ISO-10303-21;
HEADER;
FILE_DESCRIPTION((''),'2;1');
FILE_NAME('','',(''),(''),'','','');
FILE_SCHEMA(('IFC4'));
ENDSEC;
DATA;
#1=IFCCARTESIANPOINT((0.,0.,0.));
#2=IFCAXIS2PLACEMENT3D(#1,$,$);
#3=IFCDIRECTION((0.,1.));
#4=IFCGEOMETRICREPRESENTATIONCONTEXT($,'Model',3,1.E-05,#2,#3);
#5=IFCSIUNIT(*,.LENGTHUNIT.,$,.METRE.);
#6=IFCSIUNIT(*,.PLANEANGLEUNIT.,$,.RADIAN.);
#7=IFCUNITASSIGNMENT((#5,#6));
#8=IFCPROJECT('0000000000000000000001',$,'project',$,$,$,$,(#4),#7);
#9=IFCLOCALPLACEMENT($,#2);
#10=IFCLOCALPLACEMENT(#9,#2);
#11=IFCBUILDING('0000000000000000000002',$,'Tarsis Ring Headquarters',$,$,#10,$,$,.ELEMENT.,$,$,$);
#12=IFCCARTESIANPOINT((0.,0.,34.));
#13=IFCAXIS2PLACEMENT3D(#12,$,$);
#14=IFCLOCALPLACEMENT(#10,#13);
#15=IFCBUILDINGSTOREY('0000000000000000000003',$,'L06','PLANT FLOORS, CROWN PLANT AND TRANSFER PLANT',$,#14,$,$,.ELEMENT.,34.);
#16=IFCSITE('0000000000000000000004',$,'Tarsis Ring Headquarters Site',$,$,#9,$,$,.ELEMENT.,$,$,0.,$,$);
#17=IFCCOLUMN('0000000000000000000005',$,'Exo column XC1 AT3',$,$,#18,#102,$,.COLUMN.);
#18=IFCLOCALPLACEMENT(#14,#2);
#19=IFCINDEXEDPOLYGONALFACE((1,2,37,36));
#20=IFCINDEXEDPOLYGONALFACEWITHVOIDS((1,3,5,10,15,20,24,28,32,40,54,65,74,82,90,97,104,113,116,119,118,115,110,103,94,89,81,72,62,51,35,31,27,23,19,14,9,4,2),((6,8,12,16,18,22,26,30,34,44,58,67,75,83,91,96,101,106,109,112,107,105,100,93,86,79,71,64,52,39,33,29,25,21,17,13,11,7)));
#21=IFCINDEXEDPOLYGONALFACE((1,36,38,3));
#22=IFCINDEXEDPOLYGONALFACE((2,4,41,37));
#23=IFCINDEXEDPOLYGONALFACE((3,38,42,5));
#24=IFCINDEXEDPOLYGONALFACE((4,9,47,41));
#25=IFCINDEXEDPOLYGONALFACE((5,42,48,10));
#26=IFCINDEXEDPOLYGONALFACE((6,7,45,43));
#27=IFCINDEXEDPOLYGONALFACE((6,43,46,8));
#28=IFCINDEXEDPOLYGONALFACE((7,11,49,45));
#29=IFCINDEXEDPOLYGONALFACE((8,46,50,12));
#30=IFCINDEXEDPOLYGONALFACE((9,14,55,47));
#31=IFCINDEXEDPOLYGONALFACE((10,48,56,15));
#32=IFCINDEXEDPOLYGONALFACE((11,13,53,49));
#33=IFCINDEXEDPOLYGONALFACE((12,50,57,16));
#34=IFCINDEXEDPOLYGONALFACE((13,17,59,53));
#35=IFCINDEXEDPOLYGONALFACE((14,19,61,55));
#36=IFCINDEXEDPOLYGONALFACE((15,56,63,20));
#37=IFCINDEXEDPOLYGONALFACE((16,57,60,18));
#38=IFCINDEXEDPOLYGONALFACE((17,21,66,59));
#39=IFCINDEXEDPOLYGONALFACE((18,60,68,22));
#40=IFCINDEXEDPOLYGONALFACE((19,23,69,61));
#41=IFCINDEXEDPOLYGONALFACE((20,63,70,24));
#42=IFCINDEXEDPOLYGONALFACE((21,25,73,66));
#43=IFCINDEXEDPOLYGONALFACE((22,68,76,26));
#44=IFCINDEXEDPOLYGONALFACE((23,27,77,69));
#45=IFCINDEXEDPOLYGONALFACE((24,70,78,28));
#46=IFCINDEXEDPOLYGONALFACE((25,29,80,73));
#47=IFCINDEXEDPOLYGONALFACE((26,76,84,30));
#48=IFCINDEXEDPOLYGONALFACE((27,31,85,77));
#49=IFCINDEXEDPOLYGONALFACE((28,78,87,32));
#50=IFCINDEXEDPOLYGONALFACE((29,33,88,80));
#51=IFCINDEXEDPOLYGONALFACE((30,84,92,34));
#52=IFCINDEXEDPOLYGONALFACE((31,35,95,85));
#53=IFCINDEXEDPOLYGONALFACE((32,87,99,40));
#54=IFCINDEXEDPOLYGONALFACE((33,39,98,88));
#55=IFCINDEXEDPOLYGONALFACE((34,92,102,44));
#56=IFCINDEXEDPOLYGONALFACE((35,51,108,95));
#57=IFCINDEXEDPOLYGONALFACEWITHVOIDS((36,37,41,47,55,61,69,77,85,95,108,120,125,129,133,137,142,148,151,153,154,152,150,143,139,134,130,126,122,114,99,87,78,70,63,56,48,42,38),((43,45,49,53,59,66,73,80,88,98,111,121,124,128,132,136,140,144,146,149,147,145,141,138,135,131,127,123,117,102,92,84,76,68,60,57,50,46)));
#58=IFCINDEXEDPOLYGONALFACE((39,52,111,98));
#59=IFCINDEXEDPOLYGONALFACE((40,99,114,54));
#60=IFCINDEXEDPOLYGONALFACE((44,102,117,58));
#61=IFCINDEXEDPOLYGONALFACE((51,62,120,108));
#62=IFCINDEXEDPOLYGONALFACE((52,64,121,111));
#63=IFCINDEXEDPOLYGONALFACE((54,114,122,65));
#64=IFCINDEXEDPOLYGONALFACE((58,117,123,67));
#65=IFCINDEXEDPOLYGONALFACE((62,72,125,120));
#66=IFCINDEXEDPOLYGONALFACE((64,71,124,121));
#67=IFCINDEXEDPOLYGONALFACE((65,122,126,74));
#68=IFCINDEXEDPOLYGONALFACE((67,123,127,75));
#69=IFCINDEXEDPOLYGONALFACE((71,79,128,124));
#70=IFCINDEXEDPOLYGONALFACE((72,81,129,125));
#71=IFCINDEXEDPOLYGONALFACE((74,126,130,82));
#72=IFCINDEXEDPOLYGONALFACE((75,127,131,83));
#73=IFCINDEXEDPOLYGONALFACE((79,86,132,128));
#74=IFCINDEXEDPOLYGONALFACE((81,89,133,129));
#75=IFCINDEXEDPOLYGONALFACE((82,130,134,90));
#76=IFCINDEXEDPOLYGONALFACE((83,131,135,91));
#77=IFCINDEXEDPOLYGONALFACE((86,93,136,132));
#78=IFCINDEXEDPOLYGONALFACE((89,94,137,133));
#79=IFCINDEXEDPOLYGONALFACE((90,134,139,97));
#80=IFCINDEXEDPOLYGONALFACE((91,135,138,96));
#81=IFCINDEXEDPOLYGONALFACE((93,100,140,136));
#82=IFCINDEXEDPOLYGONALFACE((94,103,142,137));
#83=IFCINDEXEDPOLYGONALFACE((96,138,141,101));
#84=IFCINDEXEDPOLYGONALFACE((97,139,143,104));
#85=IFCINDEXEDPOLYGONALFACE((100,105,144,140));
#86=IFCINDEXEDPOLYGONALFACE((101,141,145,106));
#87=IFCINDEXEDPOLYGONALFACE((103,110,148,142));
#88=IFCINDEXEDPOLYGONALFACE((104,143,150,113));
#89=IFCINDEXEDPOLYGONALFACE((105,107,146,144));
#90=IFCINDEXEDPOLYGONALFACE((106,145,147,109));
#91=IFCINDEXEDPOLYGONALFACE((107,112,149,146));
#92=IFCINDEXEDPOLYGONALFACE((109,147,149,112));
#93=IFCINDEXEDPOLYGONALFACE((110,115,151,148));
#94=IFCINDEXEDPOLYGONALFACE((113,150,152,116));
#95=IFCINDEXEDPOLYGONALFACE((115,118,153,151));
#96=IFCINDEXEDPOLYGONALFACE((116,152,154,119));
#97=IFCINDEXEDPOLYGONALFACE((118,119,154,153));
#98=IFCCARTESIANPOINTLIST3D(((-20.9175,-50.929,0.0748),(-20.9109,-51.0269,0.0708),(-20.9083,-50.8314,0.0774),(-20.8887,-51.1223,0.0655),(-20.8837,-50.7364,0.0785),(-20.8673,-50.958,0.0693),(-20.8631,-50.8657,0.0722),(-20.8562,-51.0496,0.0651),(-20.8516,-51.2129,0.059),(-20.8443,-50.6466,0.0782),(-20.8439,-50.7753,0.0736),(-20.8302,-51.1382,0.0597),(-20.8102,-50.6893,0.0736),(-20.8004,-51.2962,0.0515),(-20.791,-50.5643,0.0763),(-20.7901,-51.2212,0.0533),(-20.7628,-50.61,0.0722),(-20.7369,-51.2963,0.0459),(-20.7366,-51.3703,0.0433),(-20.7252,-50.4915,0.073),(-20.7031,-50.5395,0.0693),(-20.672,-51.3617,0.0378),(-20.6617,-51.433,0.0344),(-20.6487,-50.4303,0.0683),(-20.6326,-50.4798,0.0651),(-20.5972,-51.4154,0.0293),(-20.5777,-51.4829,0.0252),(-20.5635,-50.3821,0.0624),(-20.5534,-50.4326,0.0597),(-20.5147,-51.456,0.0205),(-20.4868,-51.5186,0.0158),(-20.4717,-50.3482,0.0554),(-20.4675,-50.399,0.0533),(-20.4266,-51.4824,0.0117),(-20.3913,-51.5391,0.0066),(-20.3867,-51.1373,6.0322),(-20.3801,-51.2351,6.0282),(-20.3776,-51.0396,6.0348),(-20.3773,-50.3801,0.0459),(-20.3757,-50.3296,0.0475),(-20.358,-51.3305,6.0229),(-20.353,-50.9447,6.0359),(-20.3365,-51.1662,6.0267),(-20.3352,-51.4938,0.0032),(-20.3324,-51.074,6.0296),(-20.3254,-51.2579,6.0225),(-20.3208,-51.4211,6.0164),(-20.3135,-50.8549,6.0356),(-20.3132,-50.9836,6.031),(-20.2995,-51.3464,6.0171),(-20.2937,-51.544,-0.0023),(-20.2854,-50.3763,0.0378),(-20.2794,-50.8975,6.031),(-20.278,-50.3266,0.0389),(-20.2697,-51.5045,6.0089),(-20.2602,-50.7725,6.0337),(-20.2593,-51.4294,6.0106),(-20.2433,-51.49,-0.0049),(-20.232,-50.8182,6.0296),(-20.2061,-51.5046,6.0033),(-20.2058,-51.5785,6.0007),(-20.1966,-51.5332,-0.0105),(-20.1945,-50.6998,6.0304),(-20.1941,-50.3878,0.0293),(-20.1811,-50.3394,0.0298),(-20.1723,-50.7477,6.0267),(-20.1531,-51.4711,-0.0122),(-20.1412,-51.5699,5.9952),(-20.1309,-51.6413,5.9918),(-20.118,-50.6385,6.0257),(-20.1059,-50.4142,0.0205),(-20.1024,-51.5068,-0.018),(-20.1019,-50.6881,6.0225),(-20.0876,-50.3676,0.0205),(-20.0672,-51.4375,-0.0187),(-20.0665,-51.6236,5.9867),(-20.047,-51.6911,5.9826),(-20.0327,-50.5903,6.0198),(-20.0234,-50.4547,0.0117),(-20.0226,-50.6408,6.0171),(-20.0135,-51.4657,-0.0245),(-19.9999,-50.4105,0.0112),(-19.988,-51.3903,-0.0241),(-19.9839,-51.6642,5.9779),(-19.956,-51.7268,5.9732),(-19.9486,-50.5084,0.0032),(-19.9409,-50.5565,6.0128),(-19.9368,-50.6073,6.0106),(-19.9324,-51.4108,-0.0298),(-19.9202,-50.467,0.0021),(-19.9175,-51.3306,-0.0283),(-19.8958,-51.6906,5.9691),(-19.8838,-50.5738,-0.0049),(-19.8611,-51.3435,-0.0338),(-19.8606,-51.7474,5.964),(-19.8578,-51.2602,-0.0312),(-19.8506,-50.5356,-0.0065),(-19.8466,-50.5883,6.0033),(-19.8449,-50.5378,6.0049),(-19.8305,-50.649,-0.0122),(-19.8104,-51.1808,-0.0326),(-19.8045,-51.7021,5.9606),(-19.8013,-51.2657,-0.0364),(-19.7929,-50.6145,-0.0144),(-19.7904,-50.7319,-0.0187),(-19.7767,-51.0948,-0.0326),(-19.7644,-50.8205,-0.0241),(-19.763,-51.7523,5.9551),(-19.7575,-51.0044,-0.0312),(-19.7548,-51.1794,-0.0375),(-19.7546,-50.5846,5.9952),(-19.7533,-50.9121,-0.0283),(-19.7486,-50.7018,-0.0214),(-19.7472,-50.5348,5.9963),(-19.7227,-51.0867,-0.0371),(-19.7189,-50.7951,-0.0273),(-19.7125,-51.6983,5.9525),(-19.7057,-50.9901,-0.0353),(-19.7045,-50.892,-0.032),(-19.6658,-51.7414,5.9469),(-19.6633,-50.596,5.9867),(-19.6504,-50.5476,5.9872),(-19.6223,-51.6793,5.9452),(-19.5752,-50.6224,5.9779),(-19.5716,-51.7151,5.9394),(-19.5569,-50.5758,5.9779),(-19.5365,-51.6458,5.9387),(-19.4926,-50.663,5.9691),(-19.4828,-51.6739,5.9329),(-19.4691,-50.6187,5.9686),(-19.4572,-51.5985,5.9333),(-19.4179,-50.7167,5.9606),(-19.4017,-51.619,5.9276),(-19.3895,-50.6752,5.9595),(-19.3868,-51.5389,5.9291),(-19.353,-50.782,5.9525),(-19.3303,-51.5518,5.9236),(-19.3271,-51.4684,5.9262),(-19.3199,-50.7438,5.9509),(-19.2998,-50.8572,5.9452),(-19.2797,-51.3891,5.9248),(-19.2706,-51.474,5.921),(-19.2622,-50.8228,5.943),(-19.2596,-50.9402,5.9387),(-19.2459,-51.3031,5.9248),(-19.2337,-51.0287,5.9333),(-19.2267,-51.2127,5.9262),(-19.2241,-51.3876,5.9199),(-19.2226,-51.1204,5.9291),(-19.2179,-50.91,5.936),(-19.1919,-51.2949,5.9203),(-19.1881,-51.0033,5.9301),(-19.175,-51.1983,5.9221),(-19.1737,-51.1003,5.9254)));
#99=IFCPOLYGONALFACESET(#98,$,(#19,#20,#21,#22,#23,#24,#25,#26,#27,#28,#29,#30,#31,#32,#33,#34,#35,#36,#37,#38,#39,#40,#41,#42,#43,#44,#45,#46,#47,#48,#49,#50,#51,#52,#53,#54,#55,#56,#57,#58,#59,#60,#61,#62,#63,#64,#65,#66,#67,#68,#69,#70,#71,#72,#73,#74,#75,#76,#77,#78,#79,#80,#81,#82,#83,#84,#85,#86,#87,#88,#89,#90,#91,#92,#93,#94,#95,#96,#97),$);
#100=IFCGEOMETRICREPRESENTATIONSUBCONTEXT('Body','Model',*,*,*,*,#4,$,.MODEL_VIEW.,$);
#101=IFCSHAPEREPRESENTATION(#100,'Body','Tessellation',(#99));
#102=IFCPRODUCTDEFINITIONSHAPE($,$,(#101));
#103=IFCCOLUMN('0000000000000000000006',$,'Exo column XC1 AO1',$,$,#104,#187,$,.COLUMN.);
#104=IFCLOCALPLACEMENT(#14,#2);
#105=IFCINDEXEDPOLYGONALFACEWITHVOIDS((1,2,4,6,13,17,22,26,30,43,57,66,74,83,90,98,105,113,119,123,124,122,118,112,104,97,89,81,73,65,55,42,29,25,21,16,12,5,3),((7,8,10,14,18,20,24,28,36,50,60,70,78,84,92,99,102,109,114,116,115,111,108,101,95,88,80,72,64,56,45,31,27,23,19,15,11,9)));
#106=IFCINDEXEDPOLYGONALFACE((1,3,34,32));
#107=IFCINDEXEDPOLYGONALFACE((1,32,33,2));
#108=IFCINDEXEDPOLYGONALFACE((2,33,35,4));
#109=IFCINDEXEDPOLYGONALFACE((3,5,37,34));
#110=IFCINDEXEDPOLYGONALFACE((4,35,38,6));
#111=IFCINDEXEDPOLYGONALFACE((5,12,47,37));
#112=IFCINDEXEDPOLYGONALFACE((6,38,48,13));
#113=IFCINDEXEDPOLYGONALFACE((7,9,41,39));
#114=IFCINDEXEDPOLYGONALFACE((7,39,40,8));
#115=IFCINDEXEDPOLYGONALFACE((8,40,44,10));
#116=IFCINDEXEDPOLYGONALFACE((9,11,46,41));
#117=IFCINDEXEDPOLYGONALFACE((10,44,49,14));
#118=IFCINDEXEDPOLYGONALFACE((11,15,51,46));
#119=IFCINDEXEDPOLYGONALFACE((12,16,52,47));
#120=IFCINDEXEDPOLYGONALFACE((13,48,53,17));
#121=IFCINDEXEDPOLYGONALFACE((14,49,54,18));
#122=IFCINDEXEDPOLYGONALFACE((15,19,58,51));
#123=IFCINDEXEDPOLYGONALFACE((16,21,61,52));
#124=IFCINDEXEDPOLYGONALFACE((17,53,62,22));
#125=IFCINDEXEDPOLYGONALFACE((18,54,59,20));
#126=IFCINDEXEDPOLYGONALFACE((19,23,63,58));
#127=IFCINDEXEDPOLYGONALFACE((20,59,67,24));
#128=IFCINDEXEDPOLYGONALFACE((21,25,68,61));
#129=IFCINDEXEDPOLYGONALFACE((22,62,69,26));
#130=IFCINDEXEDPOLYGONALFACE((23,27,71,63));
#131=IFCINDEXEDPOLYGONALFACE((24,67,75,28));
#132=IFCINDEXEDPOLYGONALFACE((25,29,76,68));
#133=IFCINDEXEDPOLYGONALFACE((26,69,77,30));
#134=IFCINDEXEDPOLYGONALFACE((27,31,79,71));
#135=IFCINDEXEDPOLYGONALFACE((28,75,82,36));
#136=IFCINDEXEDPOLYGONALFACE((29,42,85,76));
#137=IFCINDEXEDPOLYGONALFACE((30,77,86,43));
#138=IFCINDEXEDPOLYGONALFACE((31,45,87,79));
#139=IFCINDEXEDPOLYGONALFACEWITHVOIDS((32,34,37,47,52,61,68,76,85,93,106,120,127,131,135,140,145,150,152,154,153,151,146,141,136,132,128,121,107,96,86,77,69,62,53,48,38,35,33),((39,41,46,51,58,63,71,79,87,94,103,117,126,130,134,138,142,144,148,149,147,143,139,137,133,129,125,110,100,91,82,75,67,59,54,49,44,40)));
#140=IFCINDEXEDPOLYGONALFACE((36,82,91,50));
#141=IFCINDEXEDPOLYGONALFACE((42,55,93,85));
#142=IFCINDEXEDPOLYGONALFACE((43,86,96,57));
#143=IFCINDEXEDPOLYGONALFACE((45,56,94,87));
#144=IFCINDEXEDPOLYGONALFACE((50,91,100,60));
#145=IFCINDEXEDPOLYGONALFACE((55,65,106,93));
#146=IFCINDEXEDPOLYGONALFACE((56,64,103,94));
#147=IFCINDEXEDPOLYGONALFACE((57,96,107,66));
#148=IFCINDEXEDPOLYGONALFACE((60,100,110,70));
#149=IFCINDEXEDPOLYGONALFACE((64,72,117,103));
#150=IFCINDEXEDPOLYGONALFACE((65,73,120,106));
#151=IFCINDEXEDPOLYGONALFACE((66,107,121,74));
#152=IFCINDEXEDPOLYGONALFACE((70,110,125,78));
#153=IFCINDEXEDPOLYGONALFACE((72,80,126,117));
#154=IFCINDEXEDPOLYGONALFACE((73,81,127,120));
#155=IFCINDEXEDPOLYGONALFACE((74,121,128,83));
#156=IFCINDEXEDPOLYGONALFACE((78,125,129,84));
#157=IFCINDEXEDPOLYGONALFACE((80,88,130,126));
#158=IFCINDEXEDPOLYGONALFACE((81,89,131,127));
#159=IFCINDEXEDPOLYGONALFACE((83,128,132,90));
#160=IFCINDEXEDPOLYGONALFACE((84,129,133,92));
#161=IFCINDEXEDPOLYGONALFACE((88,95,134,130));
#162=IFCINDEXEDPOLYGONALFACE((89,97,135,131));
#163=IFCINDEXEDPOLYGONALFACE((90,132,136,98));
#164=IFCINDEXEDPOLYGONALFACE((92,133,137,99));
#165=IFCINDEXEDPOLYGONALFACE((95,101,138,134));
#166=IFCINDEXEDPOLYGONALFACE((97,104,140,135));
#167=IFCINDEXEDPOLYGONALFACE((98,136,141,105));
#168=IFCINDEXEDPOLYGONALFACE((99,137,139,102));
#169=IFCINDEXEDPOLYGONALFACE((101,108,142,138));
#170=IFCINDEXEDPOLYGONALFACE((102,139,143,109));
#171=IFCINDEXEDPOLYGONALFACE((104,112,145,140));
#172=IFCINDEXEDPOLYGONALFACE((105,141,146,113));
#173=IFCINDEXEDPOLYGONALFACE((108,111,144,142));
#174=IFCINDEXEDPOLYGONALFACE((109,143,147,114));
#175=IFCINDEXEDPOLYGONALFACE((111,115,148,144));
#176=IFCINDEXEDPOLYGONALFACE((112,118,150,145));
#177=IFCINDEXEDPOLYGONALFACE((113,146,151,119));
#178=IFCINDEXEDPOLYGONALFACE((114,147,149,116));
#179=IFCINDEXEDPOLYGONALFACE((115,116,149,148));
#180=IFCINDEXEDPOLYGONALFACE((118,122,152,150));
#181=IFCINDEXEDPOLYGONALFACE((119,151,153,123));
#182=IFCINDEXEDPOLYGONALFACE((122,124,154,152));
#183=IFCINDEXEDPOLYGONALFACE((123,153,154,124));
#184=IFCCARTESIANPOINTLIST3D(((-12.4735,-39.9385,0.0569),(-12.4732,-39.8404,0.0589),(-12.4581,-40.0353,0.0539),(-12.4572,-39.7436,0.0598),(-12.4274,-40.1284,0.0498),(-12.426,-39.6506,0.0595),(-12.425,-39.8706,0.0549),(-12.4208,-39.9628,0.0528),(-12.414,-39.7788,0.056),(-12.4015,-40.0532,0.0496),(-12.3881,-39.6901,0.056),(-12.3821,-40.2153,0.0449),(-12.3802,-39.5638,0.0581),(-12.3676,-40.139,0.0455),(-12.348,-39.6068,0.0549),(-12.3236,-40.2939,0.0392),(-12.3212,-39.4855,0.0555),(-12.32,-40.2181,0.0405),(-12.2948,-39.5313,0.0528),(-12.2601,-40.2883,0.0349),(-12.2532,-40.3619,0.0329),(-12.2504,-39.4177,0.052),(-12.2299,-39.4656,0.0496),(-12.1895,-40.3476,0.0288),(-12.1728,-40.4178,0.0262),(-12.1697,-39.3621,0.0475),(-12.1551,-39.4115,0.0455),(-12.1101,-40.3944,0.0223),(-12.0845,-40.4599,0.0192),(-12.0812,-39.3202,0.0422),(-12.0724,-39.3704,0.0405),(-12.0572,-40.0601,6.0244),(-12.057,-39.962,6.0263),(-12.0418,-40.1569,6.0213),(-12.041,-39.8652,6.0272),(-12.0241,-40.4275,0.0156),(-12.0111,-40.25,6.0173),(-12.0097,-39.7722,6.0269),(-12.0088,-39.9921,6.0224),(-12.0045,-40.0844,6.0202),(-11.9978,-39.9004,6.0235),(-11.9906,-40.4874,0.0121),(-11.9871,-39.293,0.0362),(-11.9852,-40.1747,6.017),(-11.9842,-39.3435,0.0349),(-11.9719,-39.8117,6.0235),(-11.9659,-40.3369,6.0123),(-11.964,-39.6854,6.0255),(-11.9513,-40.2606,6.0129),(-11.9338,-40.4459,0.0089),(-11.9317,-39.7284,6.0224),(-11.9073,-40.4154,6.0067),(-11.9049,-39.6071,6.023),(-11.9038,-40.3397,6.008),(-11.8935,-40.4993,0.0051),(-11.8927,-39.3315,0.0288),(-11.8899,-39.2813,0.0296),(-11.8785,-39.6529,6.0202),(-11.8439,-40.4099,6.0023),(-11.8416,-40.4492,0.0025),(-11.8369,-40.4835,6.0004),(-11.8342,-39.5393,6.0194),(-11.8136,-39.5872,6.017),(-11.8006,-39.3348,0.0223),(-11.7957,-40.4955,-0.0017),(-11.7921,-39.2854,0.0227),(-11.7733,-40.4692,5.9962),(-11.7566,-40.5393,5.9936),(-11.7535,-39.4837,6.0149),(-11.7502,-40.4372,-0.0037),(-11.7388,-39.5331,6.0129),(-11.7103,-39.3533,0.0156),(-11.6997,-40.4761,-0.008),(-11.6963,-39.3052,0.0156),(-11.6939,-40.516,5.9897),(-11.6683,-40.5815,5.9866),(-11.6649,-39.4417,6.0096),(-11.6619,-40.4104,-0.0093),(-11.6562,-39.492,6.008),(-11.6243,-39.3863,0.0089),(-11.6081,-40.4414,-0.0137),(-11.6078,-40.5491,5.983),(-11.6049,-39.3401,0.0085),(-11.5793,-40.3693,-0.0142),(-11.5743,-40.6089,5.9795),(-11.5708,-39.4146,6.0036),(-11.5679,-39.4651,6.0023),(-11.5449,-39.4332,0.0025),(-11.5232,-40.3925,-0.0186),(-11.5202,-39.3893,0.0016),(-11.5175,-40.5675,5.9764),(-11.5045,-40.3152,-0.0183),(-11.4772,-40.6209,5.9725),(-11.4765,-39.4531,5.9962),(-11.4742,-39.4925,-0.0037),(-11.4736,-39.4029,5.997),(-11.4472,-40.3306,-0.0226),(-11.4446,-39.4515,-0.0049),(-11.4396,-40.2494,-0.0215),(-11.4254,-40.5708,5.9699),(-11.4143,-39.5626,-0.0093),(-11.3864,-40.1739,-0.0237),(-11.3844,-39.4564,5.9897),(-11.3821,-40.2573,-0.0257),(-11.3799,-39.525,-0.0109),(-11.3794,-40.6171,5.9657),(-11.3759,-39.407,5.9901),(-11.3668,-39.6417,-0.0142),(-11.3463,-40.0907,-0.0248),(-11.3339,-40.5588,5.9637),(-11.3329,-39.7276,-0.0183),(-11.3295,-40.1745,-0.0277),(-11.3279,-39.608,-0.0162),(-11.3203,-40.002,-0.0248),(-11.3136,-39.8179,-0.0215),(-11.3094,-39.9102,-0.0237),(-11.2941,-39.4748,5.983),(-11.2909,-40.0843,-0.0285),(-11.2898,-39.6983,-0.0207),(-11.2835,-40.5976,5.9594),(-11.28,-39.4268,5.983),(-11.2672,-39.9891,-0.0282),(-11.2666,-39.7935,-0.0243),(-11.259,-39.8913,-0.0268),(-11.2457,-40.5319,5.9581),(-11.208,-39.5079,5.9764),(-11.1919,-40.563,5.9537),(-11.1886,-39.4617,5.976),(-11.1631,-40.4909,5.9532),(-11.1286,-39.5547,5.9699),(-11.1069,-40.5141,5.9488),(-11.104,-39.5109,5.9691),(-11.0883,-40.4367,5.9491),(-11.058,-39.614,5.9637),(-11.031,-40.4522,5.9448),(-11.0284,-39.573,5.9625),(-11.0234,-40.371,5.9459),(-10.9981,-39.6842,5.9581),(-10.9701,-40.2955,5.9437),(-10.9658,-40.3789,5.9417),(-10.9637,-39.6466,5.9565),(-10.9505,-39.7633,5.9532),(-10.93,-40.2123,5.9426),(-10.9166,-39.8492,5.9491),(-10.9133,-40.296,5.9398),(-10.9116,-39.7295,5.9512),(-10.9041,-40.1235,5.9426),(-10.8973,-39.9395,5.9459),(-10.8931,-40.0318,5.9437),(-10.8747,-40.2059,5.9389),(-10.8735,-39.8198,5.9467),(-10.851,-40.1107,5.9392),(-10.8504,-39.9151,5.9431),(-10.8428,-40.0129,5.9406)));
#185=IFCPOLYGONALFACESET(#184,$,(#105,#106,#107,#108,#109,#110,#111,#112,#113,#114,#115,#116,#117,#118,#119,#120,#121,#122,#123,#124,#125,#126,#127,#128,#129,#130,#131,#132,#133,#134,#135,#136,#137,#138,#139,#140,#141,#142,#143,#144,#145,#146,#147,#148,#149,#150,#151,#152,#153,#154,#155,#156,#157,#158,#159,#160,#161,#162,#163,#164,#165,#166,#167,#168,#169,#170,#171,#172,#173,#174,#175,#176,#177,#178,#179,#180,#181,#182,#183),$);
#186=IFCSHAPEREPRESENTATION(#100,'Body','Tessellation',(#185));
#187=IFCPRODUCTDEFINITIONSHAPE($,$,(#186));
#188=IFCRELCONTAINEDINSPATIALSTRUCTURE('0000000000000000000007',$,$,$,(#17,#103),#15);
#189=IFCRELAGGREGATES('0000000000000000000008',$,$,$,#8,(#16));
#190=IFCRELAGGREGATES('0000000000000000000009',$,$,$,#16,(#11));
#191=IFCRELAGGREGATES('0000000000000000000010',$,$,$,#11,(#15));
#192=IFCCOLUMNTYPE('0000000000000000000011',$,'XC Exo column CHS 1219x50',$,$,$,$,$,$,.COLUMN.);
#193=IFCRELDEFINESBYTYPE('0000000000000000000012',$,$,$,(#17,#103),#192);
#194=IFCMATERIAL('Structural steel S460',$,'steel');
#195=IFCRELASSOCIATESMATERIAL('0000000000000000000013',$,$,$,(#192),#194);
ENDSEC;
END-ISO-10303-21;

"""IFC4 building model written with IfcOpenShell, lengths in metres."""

from ifc_helpers import new_model, si_unit, direction, frame, origin, origin_2d, place, context, subcontext, project, spatial, hollow_circle, extrude, material, material_profile, profile_set, type_object, element, save


model = new_model("IFC4")

# Units and contexts
model_context = context("Model", 3, precision=1e-05, world=origin(), true_north=direction((0.0, 1.0)))
body_context = subcontext(model_context, "Body", "Model", "MODEL_VIEW")
ifc_project = project(units=[si_unit("LENGTHUNIT", "METRE"), si_unit("PLANEANGLEUNIT", "RADIAN")], contexts=[model_context])

# Site, building, storey
site_placement = place(None, origin())
site = spatial("IfcSite", under=ifc_project, at=site_placement, Name="Tarsis Ring Headquarters Site", CompositionType="ELEMENT", RefElevation=0.0)
building_placement = place(site_placement, origin())
building = spatial("IfcBuilding", under=site, at=building_placement, Name="Tarsis Ring Headquarters", CompositionType="ELEMENT")
storey_placement = place(building_placement, frame((0.0, 0.0, 34.0)))
storey = spatial("IfcBuildingStorey", under=building, at=storey_placement, Name="L06", Description="PLANT FLOORS, CROWN PLANT AND TRANSFER PLANT", CompositionType="ELEMENT", Elevation=34.0)

# Columns
ifc_material_1 = material(Name="Structural steel S460", Category="steel")
ifc_material_profile_1 = material_profile(ifc_material_1, hollow_circle(Radius=0.6096, WallThickness=0.05, at=origin_2d()), Name="CHS 1219x50")
ifc_profile_set_1 = profile_set([ifc_material_profile_1], Name="Structural steel S460")
column_type = type_object("IfcColumnType", Name="XC Exo column CHS 1219x50", PredefinedType="COLUMN", material=ifc_profile_set_1)
column_1_placement = place(storey_placement, frame((-20.3103, -50.9351, 0.0205), z_axis=(0.088686, -0.034797, 0.995452), x_axis=(0.365255, 0.930908, 0.0)))
element("IfcColumn", 1, at=column_1_placement, inside=storey, type_object=column_type, Name="Exo column XC1 AT3", PredefinedType="COLUMN", context=body_context, shape_type="SweptSolid", body=[
    extrude(hollow_circle(Radius=0.6096, WallThickness=0.05, at=origin_2d()), origin(), (0.0, 0.0, 1.0), 5.9846),
])
column_2_placement = place(storey_placement, frame((-11.8672, -39.8904, 0.0156), z_axis=(0.069571, -0.02032, 0.99737), x_axis=(0.280367, 0.959893, 0.0)))
element("IfcColumn", 2, at=column_2_placement, inside=storey, type_object=column_type, Name="Exo column XC1 AO1", PredefinedType="COLUMN", context=body_context, shape_type="SweptSolid", body=[
    extrude(hollow_circle(Radius=0.6096, WallThickness=0.05, at=origin_2d()), origin(), (0.0, 0.0, 1.0), 5.9832),
])

save(model, "model.ifc")
